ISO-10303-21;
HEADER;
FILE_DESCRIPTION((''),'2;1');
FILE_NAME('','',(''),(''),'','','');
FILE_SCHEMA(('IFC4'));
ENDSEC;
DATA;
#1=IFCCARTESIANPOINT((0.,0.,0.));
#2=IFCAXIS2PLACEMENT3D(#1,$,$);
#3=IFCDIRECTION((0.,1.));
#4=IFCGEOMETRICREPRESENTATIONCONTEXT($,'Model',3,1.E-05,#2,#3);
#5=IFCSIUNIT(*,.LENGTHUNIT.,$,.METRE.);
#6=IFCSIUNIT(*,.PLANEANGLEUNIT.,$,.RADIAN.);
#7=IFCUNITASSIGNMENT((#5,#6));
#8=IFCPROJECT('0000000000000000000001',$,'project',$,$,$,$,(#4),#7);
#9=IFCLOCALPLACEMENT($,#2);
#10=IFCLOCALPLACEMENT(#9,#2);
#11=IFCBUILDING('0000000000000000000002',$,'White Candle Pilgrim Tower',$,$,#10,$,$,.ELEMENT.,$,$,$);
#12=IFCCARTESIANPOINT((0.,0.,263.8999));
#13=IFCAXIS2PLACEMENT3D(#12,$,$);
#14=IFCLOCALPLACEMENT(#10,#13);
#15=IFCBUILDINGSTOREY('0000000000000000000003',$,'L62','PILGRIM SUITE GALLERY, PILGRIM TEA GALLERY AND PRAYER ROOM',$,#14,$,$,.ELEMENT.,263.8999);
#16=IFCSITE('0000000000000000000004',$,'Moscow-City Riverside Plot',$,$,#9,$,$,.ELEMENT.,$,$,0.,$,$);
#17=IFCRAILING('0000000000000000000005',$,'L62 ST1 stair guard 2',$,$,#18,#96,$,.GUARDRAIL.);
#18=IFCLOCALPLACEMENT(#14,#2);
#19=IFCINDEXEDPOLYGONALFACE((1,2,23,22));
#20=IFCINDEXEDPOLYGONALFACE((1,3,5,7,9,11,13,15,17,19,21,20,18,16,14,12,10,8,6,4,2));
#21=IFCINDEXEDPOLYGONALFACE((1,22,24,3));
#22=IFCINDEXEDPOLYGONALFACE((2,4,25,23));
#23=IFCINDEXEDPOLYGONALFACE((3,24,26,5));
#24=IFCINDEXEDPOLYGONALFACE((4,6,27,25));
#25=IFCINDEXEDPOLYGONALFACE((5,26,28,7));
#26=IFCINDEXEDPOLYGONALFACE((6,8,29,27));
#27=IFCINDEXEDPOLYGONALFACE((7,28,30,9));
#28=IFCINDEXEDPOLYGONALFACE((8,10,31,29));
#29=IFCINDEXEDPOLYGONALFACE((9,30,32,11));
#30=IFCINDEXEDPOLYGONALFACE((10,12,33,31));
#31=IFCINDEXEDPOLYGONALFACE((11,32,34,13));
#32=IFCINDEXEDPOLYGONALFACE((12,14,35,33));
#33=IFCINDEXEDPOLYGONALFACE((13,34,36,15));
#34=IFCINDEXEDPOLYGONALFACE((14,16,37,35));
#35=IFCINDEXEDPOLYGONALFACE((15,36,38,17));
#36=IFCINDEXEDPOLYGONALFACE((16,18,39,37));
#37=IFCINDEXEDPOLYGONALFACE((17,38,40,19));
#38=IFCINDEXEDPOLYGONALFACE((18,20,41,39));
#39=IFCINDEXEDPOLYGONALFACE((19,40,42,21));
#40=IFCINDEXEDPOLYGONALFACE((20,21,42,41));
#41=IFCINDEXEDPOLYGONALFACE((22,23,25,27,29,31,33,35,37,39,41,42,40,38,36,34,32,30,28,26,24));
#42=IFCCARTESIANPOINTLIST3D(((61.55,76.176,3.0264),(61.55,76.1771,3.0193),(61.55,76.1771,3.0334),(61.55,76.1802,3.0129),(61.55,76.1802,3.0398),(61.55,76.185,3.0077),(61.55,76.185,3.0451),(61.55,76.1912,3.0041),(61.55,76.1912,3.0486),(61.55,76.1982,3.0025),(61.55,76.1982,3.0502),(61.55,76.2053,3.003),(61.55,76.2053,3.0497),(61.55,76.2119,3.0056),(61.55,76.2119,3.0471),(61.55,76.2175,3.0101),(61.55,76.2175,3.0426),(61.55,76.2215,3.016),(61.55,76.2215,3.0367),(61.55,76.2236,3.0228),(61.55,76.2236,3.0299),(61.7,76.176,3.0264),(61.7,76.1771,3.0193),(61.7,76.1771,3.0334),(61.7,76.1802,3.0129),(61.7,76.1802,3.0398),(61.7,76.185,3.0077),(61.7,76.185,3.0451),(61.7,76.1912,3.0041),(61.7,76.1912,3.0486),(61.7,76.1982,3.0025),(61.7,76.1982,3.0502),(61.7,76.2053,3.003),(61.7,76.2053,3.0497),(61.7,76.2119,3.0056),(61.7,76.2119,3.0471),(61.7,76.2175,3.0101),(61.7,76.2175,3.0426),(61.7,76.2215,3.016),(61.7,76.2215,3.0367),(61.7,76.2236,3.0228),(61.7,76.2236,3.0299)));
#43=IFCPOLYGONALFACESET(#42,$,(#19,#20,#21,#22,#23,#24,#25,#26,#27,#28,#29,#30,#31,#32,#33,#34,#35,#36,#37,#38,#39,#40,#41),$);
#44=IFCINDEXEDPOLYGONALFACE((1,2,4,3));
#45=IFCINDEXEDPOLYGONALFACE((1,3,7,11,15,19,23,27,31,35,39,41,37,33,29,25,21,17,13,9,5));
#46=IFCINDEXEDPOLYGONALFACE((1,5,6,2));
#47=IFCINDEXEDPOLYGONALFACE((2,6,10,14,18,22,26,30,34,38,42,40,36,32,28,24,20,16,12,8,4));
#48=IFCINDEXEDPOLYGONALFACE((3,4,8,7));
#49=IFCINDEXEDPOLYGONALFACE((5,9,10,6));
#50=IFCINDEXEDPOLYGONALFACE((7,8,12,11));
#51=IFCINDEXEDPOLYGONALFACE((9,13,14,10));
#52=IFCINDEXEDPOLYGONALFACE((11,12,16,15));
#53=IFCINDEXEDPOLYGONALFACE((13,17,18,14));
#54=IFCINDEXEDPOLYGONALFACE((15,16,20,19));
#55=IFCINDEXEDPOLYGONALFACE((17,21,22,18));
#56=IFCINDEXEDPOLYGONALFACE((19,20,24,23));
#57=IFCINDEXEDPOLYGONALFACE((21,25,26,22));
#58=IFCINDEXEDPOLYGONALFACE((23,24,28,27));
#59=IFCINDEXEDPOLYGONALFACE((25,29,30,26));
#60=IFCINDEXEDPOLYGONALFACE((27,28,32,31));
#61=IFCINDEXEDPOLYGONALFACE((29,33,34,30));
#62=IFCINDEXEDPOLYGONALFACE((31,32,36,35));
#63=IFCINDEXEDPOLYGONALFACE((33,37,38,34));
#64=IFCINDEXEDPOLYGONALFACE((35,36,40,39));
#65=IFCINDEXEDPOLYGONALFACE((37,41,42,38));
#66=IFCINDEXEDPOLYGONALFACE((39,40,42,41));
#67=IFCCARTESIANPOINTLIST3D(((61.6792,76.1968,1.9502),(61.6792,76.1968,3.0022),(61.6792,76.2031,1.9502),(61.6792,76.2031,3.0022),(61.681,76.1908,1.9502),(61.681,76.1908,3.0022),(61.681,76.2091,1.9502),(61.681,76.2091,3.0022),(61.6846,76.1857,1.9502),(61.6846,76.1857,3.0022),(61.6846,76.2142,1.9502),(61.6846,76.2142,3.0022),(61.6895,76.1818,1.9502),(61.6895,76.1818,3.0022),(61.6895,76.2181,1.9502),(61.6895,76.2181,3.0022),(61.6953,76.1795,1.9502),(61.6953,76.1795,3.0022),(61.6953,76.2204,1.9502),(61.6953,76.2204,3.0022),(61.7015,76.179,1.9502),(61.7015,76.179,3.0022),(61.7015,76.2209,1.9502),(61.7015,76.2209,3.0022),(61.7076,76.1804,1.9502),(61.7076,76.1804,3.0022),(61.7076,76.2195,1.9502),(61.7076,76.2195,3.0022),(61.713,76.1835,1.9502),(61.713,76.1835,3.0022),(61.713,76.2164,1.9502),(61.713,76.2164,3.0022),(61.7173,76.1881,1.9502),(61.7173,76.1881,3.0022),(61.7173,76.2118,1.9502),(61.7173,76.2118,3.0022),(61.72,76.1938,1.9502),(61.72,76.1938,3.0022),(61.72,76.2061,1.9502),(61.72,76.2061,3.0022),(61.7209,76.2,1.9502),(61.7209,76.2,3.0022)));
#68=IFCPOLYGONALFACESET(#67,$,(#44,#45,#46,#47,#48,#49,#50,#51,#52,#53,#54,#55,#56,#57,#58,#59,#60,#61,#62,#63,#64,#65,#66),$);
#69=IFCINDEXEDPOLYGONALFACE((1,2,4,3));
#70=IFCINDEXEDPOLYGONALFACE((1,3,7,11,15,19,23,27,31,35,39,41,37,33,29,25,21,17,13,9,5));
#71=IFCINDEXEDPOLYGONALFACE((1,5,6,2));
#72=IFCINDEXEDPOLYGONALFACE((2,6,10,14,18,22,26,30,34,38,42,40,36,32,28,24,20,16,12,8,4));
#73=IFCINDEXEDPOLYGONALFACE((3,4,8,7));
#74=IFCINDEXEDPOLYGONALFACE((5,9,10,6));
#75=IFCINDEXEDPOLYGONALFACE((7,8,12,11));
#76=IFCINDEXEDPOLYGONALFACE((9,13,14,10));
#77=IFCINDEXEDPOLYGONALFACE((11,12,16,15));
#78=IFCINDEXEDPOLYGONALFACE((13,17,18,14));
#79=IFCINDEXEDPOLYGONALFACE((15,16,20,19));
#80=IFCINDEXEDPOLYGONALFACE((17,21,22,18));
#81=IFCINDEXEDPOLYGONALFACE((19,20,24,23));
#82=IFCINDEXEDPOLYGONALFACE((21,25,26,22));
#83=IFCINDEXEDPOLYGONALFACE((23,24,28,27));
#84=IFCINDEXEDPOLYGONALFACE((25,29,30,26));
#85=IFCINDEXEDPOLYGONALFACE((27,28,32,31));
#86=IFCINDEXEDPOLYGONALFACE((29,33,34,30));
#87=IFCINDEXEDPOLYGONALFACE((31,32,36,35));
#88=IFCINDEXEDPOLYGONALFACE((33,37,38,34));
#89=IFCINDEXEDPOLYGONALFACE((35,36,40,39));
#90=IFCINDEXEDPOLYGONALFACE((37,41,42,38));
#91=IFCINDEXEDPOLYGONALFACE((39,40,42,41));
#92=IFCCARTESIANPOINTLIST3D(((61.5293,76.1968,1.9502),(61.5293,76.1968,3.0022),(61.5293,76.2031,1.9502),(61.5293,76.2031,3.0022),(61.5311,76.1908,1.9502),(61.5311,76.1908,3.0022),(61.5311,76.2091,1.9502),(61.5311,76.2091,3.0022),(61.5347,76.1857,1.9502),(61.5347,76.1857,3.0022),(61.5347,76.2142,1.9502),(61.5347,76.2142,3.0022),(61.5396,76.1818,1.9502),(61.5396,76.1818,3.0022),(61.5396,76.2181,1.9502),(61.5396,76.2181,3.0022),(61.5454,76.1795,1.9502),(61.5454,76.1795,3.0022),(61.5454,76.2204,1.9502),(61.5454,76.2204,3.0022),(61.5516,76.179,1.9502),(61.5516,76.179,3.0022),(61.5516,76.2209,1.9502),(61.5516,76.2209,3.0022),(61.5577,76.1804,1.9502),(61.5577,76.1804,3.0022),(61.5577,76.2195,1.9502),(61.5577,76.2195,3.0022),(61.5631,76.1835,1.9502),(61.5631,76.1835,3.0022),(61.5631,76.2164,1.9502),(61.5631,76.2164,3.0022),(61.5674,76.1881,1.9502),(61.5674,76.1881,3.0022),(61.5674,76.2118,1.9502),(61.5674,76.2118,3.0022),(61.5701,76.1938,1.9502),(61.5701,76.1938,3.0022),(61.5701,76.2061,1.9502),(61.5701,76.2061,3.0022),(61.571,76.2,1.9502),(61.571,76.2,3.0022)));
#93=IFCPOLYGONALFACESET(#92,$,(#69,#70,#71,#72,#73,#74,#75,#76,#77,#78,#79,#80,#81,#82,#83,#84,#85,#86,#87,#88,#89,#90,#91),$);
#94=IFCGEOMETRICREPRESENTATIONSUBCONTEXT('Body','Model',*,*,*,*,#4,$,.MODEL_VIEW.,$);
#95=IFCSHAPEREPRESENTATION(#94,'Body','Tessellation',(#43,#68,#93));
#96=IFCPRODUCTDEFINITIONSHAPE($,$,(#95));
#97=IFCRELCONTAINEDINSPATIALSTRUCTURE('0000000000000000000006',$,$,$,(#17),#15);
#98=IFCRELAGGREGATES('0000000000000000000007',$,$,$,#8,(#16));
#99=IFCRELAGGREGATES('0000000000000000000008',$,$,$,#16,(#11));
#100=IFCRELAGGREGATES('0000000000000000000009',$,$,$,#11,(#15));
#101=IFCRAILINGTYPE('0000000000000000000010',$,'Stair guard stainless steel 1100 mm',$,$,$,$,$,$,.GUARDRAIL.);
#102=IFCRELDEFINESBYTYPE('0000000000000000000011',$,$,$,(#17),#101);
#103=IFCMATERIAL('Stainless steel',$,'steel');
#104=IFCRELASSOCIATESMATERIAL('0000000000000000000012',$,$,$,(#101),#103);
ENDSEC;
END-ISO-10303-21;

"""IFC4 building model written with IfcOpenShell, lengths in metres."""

from ifc_helpers import new_model, si_unit, direction, frame, origin, origin_2d, place, context, subcontext, project, spatial, circle, extrude, material, type_object, element, save


model = new_model("IFC4")

# Units and contexts
model_context = context("Model", 3, precision=1e-05, world=origin(), true_north=direction((0.0, 1.0)))
body_context = subcontext(model_context, "Body", "Model", "MODEL_VIEW")
ifc_project = project(units=[si_unit("LENGTHUNIT", "METRE"), si_unit("PLANEANGLEUNIT", "RADIAN")], contexts=[model_context])

# Site, building, storey
site_placement = place(None, origin())
site = spatial("IfcSite", under=ifc_project, at=site_placement, Name="Moscow-City Riverside Plot", CompositionType="ELEMENT", RefElevation=0.0)
building_placement = place(site_placement, origin())
building = spatial("IfcBuilding", under=site, at=building_placement, Name="White Candle Pilgrim Tower", CompositionType="ELEMENT")
storey_placement = place(building_placement, frame((0.0, 0.0, 263.8999)))
storey = spatial("IfcBuildingStorey", under=building, at=storey_placement, Name="L62", Description="PILGRIM SUITE GALLERY, PILGRIM TEA GALLERY AND PRAYER ROOM", CompositionType="ELEMENT", Elevation=263.8999)

# Shared definitions
ifc_material_1 = material(Name="Stainless steel", Category="steel")

# Railing
railing_type = type_object("IfcRailingType", Name="Stair guard stainless steel 1100 mm", PredefinedType="GUARDRAIL", material=ifc_material_1)
railing_1_placement = place(storey_placement, frame((61.7, 76.2, 1.9502)))
element("IfcRailing", 1, at=railing_1_placement, inside=storey, type_object=railing_type, Name="L62 ST1 stair guard 2", PredefinedType="GUARDRAIL", context=body_context, shape_type="SweptSolid", body=[
    extrude(circle(Radius=0.0239, at=origin_2d()), frame((0.0, 0.0, 1.0762), z_axis=(-1.0, 0.0, 0.0), x_axis=(0.0, -1.0, 0.0)), (0.0, 0.0, 1.0), 0.1499),
    extrude(circle(Radius=0.021, at=origin_2d()), origin(), (0.0, 0.0, 1.0), 1.052),
    extrude(circle(Radius=0.021, at=origin_2d()), frame((-0.1499, 0.0, 0.0)), (0.0, 0.0, 1.0), 1.052),
])

save(model, "model.ifc")
